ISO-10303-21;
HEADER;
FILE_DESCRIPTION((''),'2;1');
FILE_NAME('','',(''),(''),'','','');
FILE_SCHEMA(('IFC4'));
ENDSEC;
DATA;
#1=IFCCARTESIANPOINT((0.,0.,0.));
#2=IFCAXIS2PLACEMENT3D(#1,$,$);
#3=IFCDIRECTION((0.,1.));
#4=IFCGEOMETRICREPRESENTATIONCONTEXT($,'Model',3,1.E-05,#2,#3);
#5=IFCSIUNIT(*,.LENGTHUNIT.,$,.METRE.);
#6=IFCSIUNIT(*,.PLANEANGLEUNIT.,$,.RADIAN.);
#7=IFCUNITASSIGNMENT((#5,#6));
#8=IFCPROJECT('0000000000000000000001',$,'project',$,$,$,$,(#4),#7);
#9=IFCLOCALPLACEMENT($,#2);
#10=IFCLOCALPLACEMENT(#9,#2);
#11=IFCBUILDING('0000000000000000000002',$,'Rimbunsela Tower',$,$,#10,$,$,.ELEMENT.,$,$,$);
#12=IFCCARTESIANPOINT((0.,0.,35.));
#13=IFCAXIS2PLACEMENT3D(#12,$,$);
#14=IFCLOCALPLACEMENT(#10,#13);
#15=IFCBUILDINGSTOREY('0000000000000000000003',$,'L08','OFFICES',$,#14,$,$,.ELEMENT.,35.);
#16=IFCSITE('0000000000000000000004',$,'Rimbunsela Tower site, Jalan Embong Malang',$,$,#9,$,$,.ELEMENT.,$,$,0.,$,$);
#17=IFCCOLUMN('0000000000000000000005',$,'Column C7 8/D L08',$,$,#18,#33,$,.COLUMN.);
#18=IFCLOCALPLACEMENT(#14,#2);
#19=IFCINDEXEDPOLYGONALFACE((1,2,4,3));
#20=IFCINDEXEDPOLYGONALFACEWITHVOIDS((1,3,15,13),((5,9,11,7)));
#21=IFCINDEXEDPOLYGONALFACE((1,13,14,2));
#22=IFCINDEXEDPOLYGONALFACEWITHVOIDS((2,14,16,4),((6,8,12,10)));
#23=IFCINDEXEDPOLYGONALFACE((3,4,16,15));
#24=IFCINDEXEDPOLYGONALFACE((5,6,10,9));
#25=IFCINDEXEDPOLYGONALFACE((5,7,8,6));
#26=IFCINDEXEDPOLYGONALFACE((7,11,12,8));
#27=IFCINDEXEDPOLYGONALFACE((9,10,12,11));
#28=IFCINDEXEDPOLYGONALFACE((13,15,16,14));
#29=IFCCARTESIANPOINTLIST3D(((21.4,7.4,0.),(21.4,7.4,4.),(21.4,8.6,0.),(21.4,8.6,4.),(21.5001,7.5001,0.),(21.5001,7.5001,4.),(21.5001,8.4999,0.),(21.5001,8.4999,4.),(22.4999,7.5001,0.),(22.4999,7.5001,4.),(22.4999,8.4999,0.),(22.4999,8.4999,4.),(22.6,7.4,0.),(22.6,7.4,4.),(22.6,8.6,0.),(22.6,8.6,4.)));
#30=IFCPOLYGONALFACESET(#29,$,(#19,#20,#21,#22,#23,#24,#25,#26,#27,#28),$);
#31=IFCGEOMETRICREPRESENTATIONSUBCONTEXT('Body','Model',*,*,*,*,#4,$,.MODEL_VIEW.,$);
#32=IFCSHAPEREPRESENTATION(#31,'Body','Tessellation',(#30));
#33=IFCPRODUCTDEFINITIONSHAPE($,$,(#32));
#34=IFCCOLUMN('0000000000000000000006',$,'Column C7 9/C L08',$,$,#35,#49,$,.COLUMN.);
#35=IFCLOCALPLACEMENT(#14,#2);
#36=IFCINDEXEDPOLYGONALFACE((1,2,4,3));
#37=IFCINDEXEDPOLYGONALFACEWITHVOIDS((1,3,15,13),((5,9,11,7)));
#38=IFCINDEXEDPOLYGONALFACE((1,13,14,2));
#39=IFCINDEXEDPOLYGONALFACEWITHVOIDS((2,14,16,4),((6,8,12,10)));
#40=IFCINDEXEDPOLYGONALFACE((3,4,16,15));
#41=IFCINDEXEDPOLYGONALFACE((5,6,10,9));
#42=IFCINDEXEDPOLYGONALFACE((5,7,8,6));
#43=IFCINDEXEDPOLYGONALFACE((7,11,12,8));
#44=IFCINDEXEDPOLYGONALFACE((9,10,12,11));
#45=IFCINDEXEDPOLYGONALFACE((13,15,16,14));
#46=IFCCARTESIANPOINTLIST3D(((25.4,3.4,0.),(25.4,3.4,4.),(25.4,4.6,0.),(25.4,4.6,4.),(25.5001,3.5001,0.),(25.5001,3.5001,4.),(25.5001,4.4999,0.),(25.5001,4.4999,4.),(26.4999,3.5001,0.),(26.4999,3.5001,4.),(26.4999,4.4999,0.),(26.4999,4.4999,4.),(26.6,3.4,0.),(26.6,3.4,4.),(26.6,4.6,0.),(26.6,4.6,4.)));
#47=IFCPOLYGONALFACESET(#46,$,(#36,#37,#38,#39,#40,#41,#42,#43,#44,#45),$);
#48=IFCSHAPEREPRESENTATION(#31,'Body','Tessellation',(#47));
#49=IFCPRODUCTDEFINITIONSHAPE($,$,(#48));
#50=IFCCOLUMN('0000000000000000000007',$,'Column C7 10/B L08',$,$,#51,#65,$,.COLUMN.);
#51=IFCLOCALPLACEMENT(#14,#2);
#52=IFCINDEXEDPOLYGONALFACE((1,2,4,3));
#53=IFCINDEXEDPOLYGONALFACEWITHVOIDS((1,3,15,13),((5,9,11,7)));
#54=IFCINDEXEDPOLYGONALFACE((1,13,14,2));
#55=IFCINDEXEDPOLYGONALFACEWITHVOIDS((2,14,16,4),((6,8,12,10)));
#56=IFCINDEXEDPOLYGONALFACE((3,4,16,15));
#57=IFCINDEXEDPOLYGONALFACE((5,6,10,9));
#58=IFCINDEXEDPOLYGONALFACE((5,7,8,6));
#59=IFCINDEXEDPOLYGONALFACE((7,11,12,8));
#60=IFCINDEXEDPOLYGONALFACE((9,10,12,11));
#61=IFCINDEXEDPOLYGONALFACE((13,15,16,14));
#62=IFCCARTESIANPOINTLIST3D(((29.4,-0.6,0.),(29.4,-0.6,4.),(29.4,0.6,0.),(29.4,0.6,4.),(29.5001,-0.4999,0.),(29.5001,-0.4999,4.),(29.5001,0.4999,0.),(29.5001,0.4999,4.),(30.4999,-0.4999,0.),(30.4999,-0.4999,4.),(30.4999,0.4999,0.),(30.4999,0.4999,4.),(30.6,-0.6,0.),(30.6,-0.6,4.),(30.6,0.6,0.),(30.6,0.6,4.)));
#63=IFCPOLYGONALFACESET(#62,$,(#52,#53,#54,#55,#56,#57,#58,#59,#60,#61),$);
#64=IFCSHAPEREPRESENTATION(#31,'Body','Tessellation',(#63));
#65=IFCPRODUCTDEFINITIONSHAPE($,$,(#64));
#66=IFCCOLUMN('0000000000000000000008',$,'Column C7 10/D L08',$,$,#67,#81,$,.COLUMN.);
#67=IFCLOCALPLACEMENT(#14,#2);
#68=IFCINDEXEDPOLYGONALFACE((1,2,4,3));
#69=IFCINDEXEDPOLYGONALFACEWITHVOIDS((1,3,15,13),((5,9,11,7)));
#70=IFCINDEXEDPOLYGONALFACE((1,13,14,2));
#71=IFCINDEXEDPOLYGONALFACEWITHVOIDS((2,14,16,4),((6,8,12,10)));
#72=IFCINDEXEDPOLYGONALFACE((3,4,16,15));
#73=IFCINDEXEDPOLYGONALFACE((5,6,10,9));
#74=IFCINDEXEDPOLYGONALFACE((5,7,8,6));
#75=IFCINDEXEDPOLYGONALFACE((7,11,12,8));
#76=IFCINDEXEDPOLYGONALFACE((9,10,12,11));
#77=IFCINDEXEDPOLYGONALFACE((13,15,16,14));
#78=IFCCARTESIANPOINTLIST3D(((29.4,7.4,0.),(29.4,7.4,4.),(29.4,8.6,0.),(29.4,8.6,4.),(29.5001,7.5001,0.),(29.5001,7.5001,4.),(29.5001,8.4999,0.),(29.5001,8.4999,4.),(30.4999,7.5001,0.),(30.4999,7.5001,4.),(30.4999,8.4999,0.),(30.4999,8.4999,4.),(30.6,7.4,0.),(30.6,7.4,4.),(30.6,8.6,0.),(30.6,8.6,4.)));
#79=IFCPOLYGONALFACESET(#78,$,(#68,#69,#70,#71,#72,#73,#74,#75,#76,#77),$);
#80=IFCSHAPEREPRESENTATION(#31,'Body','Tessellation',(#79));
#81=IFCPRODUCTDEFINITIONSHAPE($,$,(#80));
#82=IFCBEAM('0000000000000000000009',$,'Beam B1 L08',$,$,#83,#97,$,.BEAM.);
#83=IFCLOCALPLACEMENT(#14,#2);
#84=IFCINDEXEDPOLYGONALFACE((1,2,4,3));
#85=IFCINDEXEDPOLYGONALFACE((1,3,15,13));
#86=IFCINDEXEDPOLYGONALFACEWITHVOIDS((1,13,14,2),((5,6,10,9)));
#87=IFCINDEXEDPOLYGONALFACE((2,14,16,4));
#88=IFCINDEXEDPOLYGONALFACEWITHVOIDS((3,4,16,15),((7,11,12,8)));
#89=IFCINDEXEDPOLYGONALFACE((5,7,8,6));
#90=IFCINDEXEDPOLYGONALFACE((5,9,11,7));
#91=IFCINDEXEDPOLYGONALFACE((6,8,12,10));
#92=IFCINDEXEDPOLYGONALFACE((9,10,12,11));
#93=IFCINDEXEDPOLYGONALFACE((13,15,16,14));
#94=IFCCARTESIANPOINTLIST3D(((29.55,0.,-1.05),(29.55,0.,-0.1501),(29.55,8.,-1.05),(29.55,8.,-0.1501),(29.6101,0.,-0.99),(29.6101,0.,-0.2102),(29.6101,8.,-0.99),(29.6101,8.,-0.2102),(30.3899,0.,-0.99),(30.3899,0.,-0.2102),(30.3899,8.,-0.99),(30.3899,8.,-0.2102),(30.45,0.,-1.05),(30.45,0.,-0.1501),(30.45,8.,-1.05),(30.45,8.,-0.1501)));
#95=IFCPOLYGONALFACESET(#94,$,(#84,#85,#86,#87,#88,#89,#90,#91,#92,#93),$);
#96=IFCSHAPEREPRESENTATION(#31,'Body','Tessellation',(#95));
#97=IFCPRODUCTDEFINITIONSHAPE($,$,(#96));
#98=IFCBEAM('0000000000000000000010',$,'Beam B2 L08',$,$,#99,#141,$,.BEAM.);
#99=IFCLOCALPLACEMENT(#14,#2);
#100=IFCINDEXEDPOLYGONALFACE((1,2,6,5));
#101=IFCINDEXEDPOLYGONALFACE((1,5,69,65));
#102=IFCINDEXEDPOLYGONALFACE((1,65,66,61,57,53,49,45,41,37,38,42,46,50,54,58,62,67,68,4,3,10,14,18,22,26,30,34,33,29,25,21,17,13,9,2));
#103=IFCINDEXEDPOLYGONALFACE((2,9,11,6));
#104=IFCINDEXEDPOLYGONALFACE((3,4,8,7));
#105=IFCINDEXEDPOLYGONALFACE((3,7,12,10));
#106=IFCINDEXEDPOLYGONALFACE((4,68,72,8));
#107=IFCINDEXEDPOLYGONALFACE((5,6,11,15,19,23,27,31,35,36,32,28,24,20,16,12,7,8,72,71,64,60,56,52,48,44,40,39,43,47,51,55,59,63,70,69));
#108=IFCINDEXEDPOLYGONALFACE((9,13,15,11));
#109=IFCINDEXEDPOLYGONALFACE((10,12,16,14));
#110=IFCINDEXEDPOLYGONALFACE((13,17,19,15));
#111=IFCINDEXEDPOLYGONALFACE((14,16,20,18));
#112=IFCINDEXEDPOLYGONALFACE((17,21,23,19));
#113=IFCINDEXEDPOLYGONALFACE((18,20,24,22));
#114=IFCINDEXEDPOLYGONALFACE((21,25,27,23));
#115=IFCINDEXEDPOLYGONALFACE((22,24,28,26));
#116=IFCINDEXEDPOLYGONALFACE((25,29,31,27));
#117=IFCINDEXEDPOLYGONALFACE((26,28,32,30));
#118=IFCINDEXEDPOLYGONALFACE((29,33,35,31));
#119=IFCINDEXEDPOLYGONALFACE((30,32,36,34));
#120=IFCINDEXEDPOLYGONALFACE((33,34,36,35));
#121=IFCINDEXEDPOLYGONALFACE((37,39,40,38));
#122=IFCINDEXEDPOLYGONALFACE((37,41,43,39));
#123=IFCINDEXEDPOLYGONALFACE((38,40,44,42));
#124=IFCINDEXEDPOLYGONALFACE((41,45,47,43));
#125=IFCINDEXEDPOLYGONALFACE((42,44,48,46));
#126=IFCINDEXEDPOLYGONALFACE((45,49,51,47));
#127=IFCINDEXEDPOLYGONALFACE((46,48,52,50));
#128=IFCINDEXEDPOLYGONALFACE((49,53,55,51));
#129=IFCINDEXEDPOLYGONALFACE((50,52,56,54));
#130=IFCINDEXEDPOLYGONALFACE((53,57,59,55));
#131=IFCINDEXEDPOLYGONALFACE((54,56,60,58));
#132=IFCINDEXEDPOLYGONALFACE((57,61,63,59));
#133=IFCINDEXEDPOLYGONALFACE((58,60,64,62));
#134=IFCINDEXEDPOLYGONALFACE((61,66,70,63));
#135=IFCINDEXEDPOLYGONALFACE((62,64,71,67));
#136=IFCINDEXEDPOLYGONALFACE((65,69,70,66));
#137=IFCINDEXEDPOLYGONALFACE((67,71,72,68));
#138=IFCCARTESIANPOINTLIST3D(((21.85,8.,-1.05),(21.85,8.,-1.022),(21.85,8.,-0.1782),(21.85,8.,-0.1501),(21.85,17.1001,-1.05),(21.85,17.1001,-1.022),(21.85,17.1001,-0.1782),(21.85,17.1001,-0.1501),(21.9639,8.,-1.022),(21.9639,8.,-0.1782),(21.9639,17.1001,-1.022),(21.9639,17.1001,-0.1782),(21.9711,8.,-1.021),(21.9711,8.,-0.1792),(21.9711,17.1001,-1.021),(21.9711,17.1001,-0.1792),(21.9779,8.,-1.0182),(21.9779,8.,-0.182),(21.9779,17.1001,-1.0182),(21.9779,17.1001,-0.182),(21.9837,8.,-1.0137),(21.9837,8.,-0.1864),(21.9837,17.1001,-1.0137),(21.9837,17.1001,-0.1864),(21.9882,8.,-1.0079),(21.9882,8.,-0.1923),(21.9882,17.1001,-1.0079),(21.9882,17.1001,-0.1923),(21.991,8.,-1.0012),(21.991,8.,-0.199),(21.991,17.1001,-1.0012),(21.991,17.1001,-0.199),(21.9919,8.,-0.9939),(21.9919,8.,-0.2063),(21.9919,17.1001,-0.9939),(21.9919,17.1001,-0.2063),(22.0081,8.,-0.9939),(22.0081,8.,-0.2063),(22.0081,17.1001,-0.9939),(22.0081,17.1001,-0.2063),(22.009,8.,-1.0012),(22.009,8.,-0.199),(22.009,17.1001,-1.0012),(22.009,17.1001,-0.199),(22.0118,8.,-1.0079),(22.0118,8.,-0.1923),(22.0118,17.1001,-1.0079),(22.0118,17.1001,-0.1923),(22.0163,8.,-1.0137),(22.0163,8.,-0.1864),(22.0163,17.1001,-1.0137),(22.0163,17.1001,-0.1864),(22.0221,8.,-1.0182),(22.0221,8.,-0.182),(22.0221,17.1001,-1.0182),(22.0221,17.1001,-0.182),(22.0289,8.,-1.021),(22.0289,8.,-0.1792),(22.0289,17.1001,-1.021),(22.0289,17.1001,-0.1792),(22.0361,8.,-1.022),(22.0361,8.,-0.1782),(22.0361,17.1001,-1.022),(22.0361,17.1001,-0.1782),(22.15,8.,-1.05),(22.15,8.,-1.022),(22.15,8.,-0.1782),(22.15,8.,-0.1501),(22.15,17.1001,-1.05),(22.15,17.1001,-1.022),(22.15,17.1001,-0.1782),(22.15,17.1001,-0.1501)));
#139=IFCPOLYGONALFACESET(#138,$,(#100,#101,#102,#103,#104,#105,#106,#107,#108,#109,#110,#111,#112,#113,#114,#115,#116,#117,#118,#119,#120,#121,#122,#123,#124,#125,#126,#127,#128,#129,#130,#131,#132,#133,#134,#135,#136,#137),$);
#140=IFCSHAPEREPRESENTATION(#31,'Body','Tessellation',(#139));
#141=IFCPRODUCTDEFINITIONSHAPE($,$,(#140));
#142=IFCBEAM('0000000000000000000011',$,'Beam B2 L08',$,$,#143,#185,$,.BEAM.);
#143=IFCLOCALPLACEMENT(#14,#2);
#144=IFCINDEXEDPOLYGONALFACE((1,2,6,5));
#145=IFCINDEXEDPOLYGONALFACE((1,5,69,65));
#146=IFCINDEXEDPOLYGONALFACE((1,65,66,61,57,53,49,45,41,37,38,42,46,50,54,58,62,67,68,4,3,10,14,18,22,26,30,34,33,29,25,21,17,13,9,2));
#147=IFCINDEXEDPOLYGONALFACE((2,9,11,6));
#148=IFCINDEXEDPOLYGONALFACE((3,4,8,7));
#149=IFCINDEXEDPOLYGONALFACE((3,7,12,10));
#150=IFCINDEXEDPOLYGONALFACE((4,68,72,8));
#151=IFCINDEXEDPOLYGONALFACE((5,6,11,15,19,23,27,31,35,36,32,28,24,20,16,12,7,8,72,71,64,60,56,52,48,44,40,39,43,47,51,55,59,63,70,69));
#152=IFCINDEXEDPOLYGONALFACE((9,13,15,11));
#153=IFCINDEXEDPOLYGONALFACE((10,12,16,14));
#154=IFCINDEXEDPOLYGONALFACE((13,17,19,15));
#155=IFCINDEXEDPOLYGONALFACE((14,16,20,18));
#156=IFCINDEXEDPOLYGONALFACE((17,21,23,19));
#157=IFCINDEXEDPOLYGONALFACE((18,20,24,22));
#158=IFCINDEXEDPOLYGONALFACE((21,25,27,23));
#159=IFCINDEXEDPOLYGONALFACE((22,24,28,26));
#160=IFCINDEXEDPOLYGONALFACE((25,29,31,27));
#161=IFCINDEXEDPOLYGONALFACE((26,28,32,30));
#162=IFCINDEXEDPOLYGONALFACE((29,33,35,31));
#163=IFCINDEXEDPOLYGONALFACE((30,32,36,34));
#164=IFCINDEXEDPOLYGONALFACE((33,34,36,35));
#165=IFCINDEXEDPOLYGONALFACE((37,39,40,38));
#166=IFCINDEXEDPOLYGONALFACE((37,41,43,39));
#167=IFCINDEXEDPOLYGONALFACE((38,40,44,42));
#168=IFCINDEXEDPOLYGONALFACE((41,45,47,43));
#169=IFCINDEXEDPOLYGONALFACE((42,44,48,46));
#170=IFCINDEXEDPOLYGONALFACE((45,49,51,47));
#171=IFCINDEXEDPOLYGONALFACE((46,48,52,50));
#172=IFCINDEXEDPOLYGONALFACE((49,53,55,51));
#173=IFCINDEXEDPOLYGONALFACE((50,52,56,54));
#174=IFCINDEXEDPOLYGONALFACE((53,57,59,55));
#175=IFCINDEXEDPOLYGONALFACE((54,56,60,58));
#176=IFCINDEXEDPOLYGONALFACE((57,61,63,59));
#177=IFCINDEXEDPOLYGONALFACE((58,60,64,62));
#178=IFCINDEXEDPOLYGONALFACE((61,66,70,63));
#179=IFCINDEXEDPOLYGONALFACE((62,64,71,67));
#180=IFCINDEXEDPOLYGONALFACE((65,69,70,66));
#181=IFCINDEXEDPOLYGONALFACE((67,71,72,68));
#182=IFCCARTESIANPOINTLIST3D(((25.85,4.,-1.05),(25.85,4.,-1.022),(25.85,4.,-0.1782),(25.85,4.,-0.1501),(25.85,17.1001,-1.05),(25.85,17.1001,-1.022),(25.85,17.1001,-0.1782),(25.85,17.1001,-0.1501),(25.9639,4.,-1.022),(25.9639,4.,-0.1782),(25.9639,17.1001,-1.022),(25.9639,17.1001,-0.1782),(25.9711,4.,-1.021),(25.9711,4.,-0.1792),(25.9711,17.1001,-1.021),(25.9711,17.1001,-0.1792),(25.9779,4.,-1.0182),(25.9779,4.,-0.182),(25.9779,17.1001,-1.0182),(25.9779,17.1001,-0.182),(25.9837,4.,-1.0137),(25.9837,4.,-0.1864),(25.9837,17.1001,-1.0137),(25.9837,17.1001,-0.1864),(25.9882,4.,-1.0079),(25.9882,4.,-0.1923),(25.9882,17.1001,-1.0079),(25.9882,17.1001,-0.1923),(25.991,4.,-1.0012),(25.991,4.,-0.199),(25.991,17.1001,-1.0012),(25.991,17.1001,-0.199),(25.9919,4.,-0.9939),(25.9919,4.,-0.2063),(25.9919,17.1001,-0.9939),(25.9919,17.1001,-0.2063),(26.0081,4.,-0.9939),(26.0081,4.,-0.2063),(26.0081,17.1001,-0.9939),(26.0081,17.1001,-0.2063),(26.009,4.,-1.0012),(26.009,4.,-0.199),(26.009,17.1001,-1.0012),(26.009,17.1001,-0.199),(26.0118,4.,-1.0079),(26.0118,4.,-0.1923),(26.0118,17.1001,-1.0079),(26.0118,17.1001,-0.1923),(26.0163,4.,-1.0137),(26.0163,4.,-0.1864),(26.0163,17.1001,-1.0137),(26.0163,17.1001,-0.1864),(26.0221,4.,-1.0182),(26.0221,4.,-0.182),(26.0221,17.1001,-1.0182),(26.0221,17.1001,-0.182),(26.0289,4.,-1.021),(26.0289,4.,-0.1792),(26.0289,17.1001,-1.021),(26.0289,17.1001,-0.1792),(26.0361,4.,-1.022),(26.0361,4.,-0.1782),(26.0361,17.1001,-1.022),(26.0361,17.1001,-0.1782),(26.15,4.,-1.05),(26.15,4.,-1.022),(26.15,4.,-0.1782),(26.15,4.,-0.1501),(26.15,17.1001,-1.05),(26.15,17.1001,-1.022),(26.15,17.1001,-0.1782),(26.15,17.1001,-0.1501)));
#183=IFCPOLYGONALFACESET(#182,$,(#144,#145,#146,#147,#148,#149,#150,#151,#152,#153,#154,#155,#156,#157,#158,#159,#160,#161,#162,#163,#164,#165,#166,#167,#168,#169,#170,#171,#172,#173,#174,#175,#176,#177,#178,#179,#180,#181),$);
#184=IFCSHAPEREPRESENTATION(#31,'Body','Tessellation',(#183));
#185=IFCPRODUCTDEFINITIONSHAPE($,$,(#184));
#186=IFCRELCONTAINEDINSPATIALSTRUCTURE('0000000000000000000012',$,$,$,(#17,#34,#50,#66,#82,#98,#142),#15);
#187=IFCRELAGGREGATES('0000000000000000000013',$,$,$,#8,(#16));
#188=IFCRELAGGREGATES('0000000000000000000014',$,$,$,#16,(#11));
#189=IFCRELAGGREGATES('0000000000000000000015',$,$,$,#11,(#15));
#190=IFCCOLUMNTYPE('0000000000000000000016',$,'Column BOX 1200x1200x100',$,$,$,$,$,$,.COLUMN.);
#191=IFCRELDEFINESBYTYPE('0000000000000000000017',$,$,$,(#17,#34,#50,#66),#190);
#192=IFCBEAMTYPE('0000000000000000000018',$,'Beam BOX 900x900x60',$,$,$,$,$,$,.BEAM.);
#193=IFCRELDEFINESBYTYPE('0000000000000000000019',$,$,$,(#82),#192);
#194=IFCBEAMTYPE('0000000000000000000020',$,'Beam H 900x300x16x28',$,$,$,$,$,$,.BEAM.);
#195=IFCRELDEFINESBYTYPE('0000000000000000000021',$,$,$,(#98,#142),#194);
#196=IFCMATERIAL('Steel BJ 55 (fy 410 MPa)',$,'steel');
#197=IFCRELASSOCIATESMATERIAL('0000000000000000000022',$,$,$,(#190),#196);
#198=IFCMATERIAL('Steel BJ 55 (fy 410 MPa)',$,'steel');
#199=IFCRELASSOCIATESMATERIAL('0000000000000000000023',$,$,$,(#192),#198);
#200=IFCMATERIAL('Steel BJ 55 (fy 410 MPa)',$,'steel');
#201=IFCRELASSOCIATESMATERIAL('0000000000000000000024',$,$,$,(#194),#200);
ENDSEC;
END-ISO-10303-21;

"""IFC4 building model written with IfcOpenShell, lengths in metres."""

from ifc_helpers import new_model, si_unit, direction, frame, origin, origin_2d, place, context, subcontext, project, spatial, hollow_rectangle, i_section, extrude, material, material_profile, profile_set, type_object, element, save


model = new_model("IFC4")

# Units and contexts
model_context = context("Model", 3, precision=1e-05, world=origin(), true_north=direction((0.0, 1.0)))
body_context = subcontext(model_context, "Body", "Model", "MODEL_VIEW")
ifc_project = project(units=[si_unit("LENGTHUNIT", "METRE"), si_unit("PLANEANGLEUNIT", "RADIAN")], contexts=[model_context])

# Site, building, storey
site_placement = place(None, origin())
site = spatial("IfcSite", under=ifc_project, at=site_placement, Name="Rimbunsela Tower site, Jalan Embong Malang", CompositionType="ELEMENT", RefElevation=0.0)
building_placement = place(site_placement, origin())
building = spatial("IfcBuilding", under=site, at=building_placement, Name="Rimbunsela Tower", CompositionType="ELEMENT")
storey_placement = place(building_placement, frame((0.0, 0.0, 35.0)))
storey = spatial("IfcBuildingStorey", under=building, at=storey_placement, Name="L08", Description="OFFICES", CompositionType="ELEMENT", Elevation=35.0)

# Columns
ifc_material_1 = material(Name="Steel BJ 55 (fy 410 MPa)", Category="steel")
ifc_material_profile_1 = material_profile(ifc_material_1, hollow_rectangle(XDim=1.2, YDim=1.2, WallThickness=0.1001, at=origin_2d()), Name="BOX 1200x1200x100")
ifc_profile_set_1 = profile_set([ifc_material_profile_1], Name="Steel BJ 55 (fy 410 MPa)")
column_type = type_object("IfcColumnType", Name="Column BOX 1200x1200x100", PredefinedType="COLUMN", material=ifc_profile_set_1)
for number, where, z_axis, x_axis, name in (
    (1, (22.0, 8.0, 0.0), (0.0, 0.0, 1.0), (1.0, 0.0, 0.0), "Column C7 8/D L08"),
    (2, (26.0, 4.0, 0.0), (0.0, 0.0, 1.0), (1.0, 0.0, 0.0), "Column C7 9/C L08"),
    (3, (30.0, 0.0, 0.0), (0.0, 0.0, 1.0), (1.0, 0.0, 0.0), "Column C7 10/B L08"),
    (4, (30.0, 8.0, 0.0), (0.0, 0.0, 1.0), (1.0, 0.0, 0.0), "Column C7 10/D L08"),
):
    element("IfcColumn", number, at=place(storey_placement, frame(where, z_axis=z_axis, x_axis=x_axis)), inside=storey, type_object=column_type, Name=name, PredefinedType="COLUMN", context=body_context, shape_type="SweptSolid", body=[
        extrude(hollow_rectangle(XDim=1.2, YDim=1.2, WallThickness=0.1001, at=origin_2d()), origin(), (0.0, 0.0, 1.0), 4.0),
    ])

# Beams
ifc_material_2 = material(Name="Steel BJ 55 (fy 410 MPa)", Category="steel")
ifc_material_profile_2 = material_profile(ifc_material_2, hollow_rectangle(XDim=0.8999, YDim=0.8999, WallThickness=0.0601, at=origin_2d()), Name="BOX 900x900x60")
ifc_profile_set_2 = profile_set([ifc_material_profile_2], Name="Steel BJ 55 (fy 410 MPa)")
beam_type_1 = type_object("IfcBeamType", Name="Beam BOX 900x900x60", PredefinedType="BEAM", material=ifc_profile_set_2)
beam_1_placement = place(storey_placement, frame((30.0, 0.0, -0.6001), z_axis=(0.0, 1.0, 0.0), x_axis=(-1.0, 0.0, 0.0)))
element("IfcBeam", 5, at=beam_1_placement, inside=storey, type_object=beam_type_1, Name="Beam B1 L08", PredefinedType="BEAM", context=body_context, shape_type="SweptSolid", body=[
    extrude(hollow_rectangle(XDim=0.8999, YDim=0.8999, WallThickness=0.0601, at=origin_2d()), origin(), (0.0, 0.0, 1.0), 8.0),
])
ifc_material_3 = material(Name="Steel BJ 55 (fy 410 MPa)", Category="steel")
ifc_material_profile_3 = material_profile(ifc_material_3, i_section(OverallWidth=0.3, OverallDepth=0.8999, WebThickness=0.0161, FlangeThickness=0.0281, FilletRadius=0.0281, at=origin_2d()), Name="H 900x300x16x28")
ifc_profile_set_3 = profile_set([ifc_material_profile_3], Name="Steel BJ 55 (fy 410 MPa)")
beam_type_2 = type_object("IfcBeamType", Name="Beam H 900x300x16x28", PredefinedType="BEAM", material=ifc_profile_set_3)
beam_2_placement = place(storey_placement, frame((22.0, 8.0, -0.6001), z_axis=(0.0, 1.0, 0.0), x_axis=(-1.0, 0.0, 0.0)))
element("IfcBeam", 6, at=beam_2_placement, inside=storey, type_object=beam_type_2, Name="Beam B2 L08", PredefinedType="BEAM", context=body_context, shape_type="SweptSolid", body=[
    extrude(i_section(OverallWidth=0.3, OverallDepth=0.8999, WebThickness=0.0161, FlangeThickness=0.0281, FilletRadius=0.0281, at=origin_2d()), origin(), (0.0, 0.0, 1.0), 9.1001),
])
beam_3_placement = place(storey_placement, frame((26.0, 4.0, -0.6001), z_axis=(0.0, 1.0, 0.0), x_axis=(-1.0, 0.0, 0.0)))
element("IfcBeam", 7, at=beam_3_placement, inside=storey, type_object=beam_type_2, Name="Beam B2 L08", PredefinedType="BEAM", context=body_context, shape_type="SweptSolid", body=[
    extrude(i_section(OverallWidth=0.3, OverallDepth=0.8999, WebThickness=0.0161, FlangeThickness=0.0281, FilletRadius=0.0281, at=origin_2d()), origin(), (0.0, 0.0, 1.0), 13.1001),
])

save(model, "model.ifc")
